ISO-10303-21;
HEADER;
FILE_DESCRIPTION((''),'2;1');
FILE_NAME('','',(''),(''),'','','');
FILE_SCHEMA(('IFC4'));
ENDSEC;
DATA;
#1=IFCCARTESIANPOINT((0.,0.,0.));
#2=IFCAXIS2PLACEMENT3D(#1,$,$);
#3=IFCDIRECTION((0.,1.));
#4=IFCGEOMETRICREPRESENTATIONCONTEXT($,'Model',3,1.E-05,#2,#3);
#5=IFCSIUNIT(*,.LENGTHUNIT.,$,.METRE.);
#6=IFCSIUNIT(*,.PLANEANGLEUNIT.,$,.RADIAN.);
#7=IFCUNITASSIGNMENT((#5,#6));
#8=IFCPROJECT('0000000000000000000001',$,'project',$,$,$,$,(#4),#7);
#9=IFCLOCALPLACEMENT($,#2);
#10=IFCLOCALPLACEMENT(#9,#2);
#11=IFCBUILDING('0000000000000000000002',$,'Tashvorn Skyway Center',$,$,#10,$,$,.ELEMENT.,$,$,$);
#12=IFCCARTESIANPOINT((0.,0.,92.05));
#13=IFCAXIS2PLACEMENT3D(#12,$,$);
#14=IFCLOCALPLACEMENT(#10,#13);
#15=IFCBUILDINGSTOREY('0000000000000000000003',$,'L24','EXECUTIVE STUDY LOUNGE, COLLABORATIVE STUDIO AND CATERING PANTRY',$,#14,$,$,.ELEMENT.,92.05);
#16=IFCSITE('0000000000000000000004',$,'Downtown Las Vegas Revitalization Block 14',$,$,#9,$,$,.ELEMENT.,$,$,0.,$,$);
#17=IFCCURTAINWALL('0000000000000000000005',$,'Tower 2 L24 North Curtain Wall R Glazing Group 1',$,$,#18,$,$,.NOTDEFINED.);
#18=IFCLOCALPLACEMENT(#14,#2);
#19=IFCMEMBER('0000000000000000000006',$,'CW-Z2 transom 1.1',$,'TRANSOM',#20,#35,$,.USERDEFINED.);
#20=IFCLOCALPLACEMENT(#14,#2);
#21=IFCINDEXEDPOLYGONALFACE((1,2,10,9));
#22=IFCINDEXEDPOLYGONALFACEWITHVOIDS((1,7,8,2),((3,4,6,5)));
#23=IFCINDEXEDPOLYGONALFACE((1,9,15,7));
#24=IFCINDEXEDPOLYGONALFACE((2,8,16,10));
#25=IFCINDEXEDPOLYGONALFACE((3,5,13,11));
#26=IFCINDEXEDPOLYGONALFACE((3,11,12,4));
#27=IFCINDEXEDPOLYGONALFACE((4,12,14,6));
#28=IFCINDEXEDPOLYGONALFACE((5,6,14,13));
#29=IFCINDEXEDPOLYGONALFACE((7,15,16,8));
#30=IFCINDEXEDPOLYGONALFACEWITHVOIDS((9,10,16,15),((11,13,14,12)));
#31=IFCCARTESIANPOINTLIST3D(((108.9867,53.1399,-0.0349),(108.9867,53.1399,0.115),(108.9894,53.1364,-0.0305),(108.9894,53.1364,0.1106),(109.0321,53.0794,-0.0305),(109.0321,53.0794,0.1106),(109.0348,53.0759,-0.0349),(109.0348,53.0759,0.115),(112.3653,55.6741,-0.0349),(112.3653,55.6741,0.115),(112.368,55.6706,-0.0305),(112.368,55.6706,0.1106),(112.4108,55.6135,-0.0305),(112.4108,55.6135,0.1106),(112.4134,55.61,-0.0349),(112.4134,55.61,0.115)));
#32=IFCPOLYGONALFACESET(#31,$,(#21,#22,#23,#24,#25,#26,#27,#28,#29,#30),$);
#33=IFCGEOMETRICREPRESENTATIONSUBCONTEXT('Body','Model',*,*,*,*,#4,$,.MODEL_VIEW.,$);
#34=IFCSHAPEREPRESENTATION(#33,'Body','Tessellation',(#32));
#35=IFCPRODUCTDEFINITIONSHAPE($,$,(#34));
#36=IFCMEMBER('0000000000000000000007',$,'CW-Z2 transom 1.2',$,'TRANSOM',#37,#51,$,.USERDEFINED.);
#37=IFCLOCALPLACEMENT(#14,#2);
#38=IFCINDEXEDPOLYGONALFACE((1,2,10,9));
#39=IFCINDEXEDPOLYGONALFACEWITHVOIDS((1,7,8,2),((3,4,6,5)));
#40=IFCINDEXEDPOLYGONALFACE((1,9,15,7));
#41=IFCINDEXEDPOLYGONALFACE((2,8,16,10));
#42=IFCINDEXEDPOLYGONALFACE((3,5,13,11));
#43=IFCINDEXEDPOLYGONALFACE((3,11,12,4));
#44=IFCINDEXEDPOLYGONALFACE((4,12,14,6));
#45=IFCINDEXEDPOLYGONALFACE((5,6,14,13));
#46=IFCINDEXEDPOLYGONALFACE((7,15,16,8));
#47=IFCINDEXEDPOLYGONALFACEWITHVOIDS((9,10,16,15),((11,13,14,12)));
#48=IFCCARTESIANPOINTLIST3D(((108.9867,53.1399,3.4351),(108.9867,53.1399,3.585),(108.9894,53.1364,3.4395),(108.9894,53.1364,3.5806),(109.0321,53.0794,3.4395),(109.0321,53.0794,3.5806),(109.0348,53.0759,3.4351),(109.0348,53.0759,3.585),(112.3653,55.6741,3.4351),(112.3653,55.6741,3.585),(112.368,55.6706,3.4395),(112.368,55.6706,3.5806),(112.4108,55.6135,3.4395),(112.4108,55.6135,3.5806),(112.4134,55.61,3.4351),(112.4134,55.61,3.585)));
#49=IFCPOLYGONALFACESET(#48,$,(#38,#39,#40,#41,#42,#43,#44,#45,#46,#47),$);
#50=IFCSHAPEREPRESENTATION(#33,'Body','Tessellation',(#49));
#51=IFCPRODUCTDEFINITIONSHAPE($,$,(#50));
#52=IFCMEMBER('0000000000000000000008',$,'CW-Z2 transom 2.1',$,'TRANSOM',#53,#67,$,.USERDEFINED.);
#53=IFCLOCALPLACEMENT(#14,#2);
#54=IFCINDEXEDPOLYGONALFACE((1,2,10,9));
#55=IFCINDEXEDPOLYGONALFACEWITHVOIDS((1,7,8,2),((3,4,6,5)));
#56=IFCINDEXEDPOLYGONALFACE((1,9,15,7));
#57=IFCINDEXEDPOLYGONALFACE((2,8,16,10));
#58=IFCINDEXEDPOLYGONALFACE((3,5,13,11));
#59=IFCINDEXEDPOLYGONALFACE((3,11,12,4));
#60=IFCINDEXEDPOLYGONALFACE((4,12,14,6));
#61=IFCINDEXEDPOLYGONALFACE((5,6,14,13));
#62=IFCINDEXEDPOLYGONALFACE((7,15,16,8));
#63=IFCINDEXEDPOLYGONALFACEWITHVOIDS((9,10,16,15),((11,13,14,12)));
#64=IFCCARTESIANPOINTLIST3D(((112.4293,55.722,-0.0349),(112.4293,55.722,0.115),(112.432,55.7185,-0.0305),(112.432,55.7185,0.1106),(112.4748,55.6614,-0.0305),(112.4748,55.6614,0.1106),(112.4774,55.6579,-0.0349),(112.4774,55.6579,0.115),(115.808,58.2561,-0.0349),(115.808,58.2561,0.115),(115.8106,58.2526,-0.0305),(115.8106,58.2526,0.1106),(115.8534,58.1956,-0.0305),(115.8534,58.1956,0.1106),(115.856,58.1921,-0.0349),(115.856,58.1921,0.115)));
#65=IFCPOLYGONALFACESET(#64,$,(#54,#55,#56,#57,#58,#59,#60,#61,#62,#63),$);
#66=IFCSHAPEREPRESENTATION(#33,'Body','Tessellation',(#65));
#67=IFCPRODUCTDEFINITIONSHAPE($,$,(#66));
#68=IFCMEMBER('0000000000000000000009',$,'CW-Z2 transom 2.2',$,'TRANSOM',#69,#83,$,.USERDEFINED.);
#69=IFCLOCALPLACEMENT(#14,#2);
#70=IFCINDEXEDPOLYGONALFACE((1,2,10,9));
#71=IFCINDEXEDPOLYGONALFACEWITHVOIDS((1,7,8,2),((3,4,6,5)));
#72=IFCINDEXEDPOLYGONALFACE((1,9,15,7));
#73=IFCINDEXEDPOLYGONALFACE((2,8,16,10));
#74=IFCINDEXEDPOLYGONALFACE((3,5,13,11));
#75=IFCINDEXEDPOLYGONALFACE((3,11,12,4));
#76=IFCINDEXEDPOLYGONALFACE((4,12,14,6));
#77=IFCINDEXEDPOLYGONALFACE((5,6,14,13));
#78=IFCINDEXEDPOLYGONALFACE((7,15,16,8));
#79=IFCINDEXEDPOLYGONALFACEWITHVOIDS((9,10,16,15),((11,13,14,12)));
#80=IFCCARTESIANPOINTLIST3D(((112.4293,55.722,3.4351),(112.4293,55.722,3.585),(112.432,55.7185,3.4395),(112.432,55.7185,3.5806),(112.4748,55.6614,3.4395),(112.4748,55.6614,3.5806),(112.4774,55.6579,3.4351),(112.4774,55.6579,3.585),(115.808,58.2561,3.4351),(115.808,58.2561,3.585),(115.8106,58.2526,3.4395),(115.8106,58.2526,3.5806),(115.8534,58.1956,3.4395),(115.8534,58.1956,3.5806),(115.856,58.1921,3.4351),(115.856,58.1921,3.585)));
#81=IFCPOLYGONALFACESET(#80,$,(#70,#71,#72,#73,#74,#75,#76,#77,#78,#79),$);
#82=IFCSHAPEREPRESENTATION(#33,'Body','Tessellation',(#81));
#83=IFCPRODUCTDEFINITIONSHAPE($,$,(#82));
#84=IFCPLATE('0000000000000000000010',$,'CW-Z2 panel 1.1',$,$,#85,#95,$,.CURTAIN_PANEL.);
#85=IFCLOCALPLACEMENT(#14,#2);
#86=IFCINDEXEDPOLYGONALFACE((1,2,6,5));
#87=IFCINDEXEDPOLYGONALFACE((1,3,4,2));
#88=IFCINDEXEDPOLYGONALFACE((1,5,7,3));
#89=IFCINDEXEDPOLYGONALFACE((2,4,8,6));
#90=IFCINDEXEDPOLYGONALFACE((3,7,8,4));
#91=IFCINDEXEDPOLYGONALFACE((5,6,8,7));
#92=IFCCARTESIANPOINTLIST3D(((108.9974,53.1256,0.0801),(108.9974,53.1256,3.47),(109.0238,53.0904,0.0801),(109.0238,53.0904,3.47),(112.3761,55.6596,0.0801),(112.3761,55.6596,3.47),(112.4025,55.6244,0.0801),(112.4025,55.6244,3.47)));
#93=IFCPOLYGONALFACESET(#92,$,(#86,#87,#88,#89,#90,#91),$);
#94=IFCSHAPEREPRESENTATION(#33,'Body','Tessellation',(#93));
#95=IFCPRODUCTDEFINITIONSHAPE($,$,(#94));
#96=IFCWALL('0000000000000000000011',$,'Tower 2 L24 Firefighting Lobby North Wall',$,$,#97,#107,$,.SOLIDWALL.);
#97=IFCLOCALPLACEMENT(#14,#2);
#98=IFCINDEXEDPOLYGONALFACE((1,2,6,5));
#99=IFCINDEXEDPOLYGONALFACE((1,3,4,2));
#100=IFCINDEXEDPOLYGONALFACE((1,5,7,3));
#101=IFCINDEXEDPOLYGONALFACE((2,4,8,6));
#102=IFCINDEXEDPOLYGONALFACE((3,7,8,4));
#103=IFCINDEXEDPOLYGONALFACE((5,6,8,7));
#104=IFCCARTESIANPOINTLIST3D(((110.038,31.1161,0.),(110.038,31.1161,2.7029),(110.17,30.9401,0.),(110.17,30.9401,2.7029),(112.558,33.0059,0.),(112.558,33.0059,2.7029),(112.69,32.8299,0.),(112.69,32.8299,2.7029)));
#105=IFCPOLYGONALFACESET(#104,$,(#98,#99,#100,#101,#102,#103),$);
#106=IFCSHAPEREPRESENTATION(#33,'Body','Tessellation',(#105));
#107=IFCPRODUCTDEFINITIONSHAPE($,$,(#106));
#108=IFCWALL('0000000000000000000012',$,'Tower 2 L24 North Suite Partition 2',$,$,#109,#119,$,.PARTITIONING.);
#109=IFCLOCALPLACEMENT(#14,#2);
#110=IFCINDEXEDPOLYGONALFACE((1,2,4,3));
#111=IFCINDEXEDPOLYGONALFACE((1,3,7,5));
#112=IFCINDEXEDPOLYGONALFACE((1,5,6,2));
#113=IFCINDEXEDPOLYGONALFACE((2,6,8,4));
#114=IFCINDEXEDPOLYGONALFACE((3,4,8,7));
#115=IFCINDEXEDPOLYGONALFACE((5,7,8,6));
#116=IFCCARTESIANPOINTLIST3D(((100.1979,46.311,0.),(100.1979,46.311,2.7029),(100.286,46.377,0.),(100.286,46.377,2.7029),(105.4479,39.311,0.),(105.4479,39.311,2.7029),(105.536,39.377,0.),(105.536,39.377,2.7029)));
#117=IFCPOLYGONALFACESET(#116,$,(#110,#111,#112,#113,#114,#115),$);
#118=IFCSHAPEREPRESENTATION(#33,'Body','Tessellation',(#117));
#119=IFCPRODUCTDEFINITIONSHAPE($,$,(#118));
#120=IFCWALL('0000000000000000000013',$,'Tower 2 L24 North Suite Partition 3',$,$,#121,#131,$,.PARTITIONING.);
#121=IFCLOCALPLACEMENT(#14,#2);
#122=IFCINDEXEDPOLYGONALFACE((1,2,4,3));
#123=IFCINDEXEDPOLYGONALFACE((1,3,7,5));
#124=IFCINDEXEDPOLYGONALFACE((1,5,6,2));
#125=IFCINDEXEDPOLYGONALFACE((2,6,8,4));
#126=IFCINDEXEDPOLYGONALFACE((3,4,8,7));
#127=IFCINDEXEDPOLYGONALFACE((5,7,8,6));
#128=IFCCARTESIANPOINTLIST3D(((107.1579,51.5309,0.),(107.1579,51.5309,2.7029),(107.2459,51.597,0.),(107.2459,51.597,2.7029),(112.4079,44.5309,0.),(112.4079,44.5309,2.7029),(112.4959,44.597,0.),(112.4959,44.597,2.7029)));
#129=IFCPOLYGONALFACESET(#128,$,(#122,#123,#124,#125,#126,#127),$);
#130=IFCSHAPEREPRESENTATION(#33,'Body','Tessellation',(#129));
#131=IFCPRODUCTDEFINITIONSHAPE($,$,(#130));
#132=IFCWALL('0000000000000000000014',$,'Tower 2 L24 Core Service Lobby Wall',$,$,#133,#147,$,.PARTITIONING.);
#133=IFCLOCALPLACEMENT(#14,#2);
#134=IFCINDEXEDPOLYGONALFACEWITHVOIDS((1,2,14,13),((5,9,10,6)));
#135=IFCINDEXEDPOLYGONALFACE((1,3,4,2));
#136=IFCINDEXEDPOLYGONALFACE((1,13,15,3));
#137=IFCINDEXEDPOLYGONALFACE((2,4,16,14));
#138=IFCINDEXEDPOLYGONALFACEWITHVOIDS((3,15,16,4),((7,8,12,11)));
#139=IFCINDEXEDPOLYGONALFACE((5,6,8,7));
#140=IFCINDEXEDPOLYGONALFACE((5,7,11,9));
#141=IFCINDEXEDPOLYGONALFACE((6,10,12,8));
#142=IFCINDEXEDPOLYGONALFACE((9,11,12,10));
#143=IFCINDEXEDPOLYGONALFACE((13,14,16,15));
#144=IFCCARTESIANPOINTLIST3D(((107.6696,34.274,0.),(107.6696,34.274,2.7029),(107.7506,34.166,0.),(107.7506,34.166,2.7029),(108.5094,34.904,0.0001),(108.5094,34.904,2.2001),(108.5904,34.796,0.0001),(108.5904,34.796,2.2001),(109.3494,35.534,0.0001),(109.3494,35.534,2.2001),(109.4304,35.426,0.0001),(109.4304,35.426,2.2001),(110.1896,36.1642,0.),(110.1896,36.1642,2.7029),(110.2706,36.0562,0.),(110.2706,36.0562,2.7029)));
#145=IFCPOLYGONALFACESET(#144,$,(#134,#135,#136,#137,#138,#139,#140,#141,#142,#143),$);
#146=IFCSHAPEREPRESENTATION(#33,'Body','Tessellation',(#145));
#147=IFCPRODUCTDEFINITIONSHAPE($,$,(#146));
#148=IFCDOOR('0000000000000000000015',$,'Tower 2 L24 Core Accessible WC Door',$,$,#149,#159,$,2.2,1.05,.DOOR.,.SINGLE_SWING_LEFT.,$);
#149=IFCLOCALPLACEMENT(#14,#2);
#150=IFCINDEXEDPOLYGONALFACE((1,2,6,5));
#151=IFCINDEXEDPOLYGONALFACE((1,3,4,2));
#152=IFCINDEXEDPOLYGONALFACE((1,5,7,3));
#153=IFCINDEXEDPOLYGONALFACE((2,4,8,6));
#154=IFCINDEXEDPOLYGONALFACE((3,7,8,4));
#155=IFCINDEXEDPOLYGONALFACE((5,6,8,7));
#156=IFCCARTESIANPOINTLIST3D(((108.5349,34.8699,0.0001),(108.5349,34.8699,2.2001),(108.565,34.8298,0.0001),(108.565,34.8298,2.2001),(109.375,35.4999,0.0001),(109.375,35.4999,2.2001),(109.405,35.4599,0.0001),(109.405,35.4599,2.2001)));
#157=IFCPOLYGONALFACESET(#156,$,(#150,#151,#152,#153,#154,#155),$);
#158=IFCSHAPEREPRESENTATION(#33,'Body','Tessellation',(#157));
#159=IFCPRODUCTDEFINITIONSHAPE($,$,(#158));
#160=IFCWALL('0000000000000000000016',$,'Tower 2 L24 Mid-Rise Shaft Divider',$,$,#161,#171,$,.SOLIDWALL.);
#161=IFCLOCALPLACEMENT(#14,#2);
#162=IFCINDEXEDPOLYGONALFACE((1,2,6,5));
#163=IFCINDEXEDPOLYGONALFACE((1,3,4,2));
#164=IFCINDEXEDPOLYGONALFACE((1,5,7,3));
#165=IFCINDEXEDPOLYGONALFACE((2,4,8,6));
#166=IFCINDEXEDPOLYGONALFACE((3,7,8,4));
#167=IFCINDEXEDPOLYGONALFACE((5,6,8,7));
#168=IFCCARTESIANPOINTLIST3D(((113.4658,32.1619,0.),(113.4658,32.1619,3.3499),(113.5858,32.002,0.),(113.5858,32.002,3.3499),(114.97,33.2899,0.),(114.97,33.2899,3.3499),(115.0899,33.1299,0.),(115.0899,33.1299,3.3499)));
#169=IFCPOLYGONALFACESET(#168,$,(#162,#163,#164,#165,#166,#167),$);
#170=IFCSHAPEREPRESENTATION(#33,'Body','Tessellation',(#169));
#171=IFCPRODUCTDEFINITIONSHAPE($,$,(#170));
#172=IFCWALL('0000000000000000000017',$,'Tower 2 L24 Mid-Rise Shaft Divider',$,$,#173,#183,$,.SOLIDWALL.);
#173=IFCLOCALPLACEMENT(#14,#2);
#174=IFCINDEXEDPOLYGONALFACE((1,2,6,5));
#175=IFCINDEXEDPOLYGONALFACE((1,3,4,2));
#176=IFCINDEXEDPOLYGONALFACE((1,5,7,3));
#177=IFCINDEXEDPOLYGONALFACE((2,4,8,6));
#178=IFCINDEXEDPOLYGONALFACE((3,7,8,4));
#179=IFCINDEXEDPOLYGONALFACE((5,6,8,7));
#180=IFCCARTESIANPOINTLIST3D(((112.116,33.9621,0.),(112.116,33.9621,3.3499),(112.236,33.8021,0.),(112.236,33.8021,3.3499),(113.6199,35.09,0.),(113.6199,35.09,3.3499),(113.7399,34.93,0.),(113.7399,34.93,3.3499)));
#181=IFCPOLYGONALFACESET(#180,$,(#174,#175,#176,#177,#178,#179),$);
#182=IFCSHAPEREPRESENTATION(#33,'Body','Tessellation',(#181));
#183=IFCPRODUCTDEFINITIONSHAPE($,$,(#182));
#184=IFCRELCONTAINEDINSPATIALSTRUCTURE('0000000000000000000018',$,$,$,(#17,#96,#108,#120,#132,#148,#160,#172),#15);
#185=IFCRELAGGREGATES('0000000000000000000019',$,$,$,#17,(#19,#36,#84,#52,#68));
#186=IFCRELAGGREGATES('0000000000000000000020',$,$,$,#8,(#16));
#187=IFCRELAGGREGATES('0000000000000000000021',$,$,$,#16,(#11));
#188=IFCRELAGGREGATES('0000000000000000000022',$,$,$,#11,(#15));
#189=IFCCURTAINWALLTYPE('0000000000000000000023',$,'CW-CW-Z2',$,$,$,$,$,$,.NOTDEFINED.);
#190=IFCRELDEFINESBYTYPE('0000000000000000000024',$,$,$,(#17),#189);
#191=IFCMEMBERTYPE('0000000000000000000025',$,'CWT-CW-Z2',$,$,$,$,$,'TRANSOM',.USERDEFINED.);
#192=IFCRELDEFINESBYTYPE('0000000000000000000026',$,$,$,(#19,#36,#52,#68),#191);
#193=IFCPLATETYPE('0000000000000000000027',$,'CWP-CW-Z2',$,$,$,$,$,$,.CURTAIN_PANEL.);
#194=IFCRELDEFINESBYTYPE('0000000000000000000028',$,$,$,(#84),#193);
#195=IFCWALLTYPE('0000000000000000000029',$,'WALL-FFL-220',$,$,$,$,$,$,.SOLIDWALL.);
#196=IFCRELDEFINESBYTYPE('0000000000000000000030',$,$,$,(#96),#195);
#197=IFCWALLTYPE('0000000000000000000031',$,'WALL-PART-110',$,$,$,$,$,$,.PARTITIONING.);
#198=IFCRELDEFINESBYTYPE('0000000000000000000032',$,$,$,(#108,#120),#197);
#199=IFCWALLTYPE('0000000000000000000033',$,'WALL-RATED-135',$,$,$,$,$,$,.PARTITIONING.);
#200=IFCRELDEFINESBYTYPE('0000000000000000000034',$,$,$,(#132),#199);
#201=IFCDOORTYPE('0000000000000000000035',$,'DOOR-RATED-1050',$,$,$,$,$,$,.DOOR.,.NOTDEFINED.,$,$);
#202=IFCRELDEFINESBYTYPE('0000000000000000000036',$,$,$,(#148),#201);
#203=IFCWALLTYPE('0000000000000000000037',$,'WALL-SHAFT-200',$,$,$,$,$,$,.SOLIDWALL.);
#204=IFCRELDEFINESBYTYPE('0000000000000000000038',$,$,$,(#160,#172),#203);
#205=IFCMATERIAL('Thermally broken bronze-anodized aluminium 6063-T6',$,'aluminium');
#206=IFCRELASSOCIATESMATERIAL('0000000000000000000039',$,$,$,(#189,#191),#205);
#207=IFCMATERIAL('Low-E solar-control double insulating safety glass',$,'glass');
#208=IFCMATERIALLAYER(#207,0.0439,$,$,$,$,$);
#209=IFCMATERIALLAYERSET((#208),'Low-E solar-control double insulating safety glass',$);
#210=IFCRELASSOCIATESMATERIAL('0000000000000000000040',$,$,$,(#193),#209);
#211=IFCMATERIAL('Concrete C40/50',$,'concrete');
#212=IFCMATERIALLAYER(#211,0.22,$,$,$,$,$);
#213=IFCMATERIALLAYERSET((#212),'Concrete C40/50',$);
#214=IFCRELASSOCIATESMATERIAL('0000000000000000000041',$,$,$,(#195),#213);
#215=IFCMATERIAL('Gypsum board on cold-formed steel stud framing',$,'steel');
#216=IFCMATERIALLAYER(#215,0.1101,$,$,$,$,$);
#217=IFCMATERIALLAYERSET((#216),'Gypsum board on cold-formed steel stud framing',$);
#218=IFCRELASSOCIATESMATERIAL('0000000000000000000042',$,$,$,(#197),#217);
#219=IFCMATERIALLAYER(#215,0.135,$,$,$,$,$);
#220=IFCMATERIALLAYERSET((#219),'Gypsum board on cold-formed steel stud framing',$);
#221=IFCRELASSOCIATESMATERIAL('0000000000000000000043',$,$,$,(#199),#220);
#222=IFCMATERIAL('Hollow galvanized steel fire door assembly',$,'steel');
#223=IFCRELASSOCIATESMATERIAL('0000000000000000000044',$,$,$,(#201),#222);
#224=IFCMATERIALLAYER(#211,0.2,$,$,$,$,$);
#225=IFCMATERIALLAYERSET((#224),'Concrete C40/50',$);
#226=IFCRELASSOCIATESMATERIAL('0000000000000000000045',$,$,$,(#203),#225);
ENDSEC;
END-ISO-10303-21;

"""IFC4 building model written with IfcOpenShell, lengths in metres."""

from ifc_helpers import new_model, si_unit, direction, frame, frame_2d, origin, origin_2d, place, context, subcontext, project, spatial, rectangle, hollow_rectangle, extrude, material, layer, layer_set, material_profile, profile_set, type_object, element, fill, aggregate, save


model = new_model("IFC4")

# Units and contexts
model_context = context("Model", 3, precision=1e-05, world=origin(), true_north=direction((0.0, 1.0)))
body_context = subcontext(model_context, "Body", "Model", "MODEL_VIEW")
ifc_project = project(units=[si_unit("LENGTHUNIT", "METRE"), si_unit("PLANEANGLEUNIT", "RADIAN")], contexts=[model_context])

# Site, building, storey
site_placement = place(None, origin())
site = spatial("IfcSite", under=ifc_project, at=site_placement, Name="Downtown Las Vegas Revitalization Block 14", CompositionType="ELEMENT", RefElevation=0.0)
building_placement = place(site_placement, origin())
building = spatial("IfcBuilding", under=site, at=building_placement, Name="Tashvorn Skyway Center", CompositionType="ELEMENT")
storey_placement = place(building_placement, frame((0.0, 0.0, 92.05)))
storey = spatial("IfcBuildingStorey", under=building, at=storey_placement, Name="L24", Description="EXECUTIVE STUDY LOUNGE, COLLABORATIVE STUDIO AND CATERING PANTRY", CompositionType="ELEMENT", Elevation=92.05)

# Curtain wall, members, plate
ifc_material_1 = material(Name="Thermally broken bronze-anodized aluminium 6063-T6", Category="aluminium")
curtain_wall_type = type_object("IfcCurtainWallType", Name="CW-CW-Z2", PredefinedType="NOTDEFINED", material=ifc_material_1)
curtain_wall_placement = place(storey_placement, origin())
curtain_wall = element("IfcCurtainWall", 1, at=curtain_wall_placement, inside=storey, type_object=curtain_wall_type, Name="Tower 2 L24 North Curtain Wall R Glazing Group 1", PredefinedType="NOTDEFINED")
ifc_material_profile_1 = material_profile(ifc_material_1, hollow_rectangle(XDim=0.0801, YDim=0.1499, WallThickness=0.0044, at=origin_2d()), Name="ALU-TRAN-80x150")
ifc_profile_set_1 = profile_set([ifc_material_profile_1], Name="Thermally broken bronze-anodized aluminium 6063-T6")
member_type_1 = type_object("IfcMemberType", Name="CWT-CW-Z2", ElementType="TRANSOM", PredefinedType="USERDEFINED", material=ifc_profile_set_1)
member_1_placement = place(storey_placement, frame((109.0107, 53.1079, 0.04), z_axis=(0.799979, 0.600028, 0.0), x_axis=(-0.600028, 0.799979, 0.0)))
member_1 = element("IfcMember", 2, at=member_1_placement, type_object=member_type_1, Name="CW-Z2 transom 1.1", ObjectType="TRANSOM", PredefinedType="USERDEFINED", context=body_context, shape_type="SweptSolid", body=[
    extrude(hollow_rectangle(XDim=0.0801, YDim=0.1499, WallThickness=0.0044, at=origin_2d()), origin(), (0.0, 0.0, 1.0), 4.2234),
])
member_2_placement = place(storey_placement, frame((109.0107, 53.1079, 3.51), z_axis=(0.799979, 0.600028, 0.0), x_axis=(-0.600028, 0.799979, 0.0)))
member_2 = element("IfcMember", 3, at=member_2_placement, type_object=member_type_1, Name="CW-Z2 transom 1.2", ObjectType="TRANSOM", PredefinedType="USERDEFINED", context=body_context, shape_type="SweptSolid", body=[
    extrude(hollow_rectangle(XDim=0.0801, YDim=0.1499, WallThickness=0.0044, at=origin_2d()), origin(), (0.0, 0.0, 1.0), 4.2234),
])
member_3_placement = place(storey_placement, frame((112.4534, 55.6899, 0.04), z_axis=(0.799979, 0.600028, 0.0), x_axis=(-0.600028, 0.799979, 0.0)))
member_3 = element("IfcMember", 4, at=member_3_placement, type_object=member_type_1, Name="CW-Z2 transom 2.1", ObjectType="TRANSOM", PredefinedType="USERDEFINED", context=body_context, shape_type="SweptSolid", body=[
    extrude(hollow_rectangle(XDim=0.0801, YDim=0.1499, WallThickness=0.0044, at=origin_2d()), origin(), (0.0, 0.0, 1.0), 4.2234),
])
member_4_placement = place(storey_placement, frame((112.4534, 55.6899, 3.51), z_axis=(0.799979, 0.600028, 0.0), x_axis=(-0.600028, 0.799979, 0.0)))
member_4 = element("IfcMember", 5, at=member_4_placement, type_object=member_type_1, Name="CW-Z2 transom 2.2", ObjectType="TRANSOM", PredefinedType="USERDEFINED", context=body_context, shape_type="SweptSolid", body=[
    extrude(hollow_rectangle(XDim=0.0801, YDim=0.1499, WallThickness=0.0044, at=origin_2d()), origin(), (0.0, 0.0, 1.0), 4.2234),
])
ifc_material_2 = material(Name="Low-E solar-control double insulating safety glass", Category="glass")
ifc_layer_1 = layer(ifc_material_2, 0.0439)
ifc_layer_set_1 = layer_set([ifc_layer_1], Name="Low-E solar-control double insulating safety glass")
plate_type = type_object("IfcPlateType", Name="CWP-CW-Z2", PredefinedType="CURTAIN_PANEL", material=ifc_layer_set_1)
plate_placement = place(storey_placement, frame((110.7, 54.375, 0.0801), z_axis=(0.0, 0.0, 1.0), x_axis=(0.799999, 0.600002, 0.0)))
plate = element("IfcPlate", 6, at=plate_placement, type_object=plate_type, Name="CW-Z2 panel 1.1", PredefinedType="CURTAIN_PANEL", context=body_context, shape_type="SweptSolid", body=[
    extrude(rectangle(XDim=4.2234, YDim=0.0439, at=origin_2d()), origin(), (0.0, 0.0, 1.0), 3.3899),
])
aggregate(curtain_wall, [member_1, member_2, plate, member_3, member_4])

# Walls
ifc_material_3 = material(Name="Concrete C40/50", Category="concrete")
ifc_layer_2 = layer(ifc_material_3, 0.22)
ifc_layer_set_2 = layer_set([ifc_layer_2], Name="Concrete C40/50")
wall_type_1 = type_object("IfcWallType", Name="WALL-FFL-220", PredefinedType="SOLIDWALL", material=ifc_layer_set_2)
wall_1_placement = place(storey_placement, frame((110.104, 31.0281, 0.0), z_axis=(0.0, 0.0, 1.0), x_axis=(0.800019, 0.599975, 0.0)))
element("IfcWall", 7, at=wall_1_placement, inside=storey, type_object=wall_type_1, Name="Tower 2 L24 Firefighting Lobby North Wall", PredefinedType="SOLIDWALL", context=body_context, shape_type="SweptSolid", body=[
    extrude(rectangle(XDim=3.1499, YDim=0.22, at=frame_2d((1.575, 0.0))), origin(), (0.0, 0.0, 1.0), 2.7029),
])
ifc_material_4 = material(Name="Gypsum board on cold-formed steel stud framing", Category="steel")
ifc_layer_3 = layer(ifc_material_4, 0.1101)
ifc_layer_set_3 = layer_set([ifc_layer_3], Name="Gypsum board on cold-formed steel stud framing")
wall_type_2 = type_object("IfcWallType", Name="WALL-PART-110", PredefinedType="PARTITIONING", material=ifc_layer_set_3)
for number, where, z_axis, x_axis, name in (
    (8, (105.4919, 39.344, 0.0), (0.0, 0.0, 1.0), (-0.6, 0.8, 0.0), "Tower 2 L24 North Suite Partition 2"),
    (9, (112.4519, 44.564, 0.0), (0.0, 0.0, 1.0), (-0.6, 0.8, 0.0), "Tower 2 L24 North Suite Partition 3"),
):
    element("IfcWall", number, at=place(storey_placement, frame(where, z_axis=z_axis, x_axis=x_axis)), inside=storey, type_object=wall_type_2, Name=name, PredefinedType="PARTITIONING", context=body_context, shape_type="SweptSolid", body=[
        extrude(rectangle(XDim=8.75, YDim=0.1101, at=frame_2d((4.375, 0.0))), origin(), (0.0, 0.0, 1.0), 2.7029),
    ])

# Wall, opening, door
ifc_layer_4 = layer(ifc_material_4, 0.135)
ifc_layer_set_4 = layer_set([ifc_layer_4], Name="Gypsum board on cold-formed steel stud framing")
wall_type_3 = type_object("IfcWallType", Name="WALL-RATED-135", PredefinedType="PARTITIONING", material=ifc_layer_set_4)
wall_2_placement = place(storey_placement, frame((107.71, 34.22, 0.0), z_axis=(0.0, 0.0, 1.0), x_axis=(0.799981, 0.600025, 0.0)))
wall_2 = element("IfcWall", 10, at=wall_2_placement, inside=storey, type_object=wall_type_3, Name="Tower 2 L24 Core Service Lobby Wall", PredefinedType="PARTITIONING", context=body_context, shape_type="SweptSolid", body=[
    extrude(rectangle(XDim=3.1501, YDim=0.135, at=frame_2d((1.5752, 0.0))), origin(), (0.0, 0.0, 1.0), 2.7029),
])
opening_placement = place(wall_2_placement, frame((1.05, 0.0, 0.0)))
opening = element("IfcOpeningElement", 11, at=opening_placement, cuts=wall_2, PredefinedType="OPENING", context=body_context, shape_type="SweptSolid", body=[
    extrude(rectangle(XDim=1.05, YDim=2.2, at=frame_2d((0.5249, 1.1001))), frame((0.0, 0.0774, 0.0), z_axis=(0.0, -1.0, 0.0), x_axis=(1.0, 0.0, 0.0)), (0.0, 0.0, 1.0), 0.155),
])
ifc_material_5 = material(Name="Hollow galvanized steel fire door assembly", Category="steel")
door_type = type_object("IfcDoorType", Name="DOOR-RATED-1050", OperationType="NOTDEFINED", PredefinedType="DOOR", material=ifc_material_5)
door_placement = place(opening_placement, origin())
door = element("IfcDoor", 12, at=door_placement, inside=storey, type_object=door_type, Name="Tower 2 L24 Core Accessible WC Door", OperationType="SINGLE_SWING_LEFT", OverallHeight=2.2, OverallWidth=1.05, PredefinedType="DOOR", context=body_context, shape_type="SweptSolid", body=[
    extrude(rectangle(XDim=1.05, YDim=2.2, at=frame_2d((0.5249, 1.1001))), frame((0.0, 0.0249, 0.0), z_axis=(0.0, -1.0, 0.0), x_axis=(1.0, 0.0, 0.0)), (0.0, 0.0, 1.0), 0.05),
])
fill(opening, door)

# Walls
ifc_layer_5 = layer(ifc_material_3, 0.2)
ifc_layer_set_5 = layer_set([ifc_layer_5], Name="Concrete C40/50")
wall_type_4 = type_object("IfcWallType", Name="WALL-SHAFT-200", PredefinedType="SOLIDWALL", material=ifc_layer_set_5)
wall_3_placement = place(storey_placement, frame((113.5259, 32.082, 0.0), z_axis=(0.0, 0.0, 1.0), x_axis=(0.800047, 0.599938, 0.0)))
element("IfcWall", 13, at=wall_3_placement, inside=storey, type_object=wall_type_4, Name="Tower 2 L24 Mid-Rise Shaft Divider", PredefinedType="SOLIDWALL", context=body_context, shape_type="SweptSolid", body=[
    extrude(rectangle(XDim=1.8801, YDim=0.2, at=frame_2d((0.9399, 0.0))), origin(), (0.0, 0.0, 1.0), 3.3499),
])
wall_4_placement = place(storey_placement, frame((112.176, 33.8821, 0.0), z_axis=(0.0, 0.0, 1.0), x_axis=(0.8, 0.6, 0.0)))
element("IfcWall", 14, at=wall_4_placement, inside=storey, type_object=wall_type_4, Name="Tower 2 L24 Mid-Rise Shaft Divider", PredefinedType="SOLIDWALL", context=body_context, shape_type="SweptSolid", body=[
    extrude(rectangle(XDim=1.8799, YDim=0.2, at=frame_2d((0.9399, 0.0))), origin(), (0.0, 0.0, 1.0), 3.3499),
])

save(model, "model.ifc")
